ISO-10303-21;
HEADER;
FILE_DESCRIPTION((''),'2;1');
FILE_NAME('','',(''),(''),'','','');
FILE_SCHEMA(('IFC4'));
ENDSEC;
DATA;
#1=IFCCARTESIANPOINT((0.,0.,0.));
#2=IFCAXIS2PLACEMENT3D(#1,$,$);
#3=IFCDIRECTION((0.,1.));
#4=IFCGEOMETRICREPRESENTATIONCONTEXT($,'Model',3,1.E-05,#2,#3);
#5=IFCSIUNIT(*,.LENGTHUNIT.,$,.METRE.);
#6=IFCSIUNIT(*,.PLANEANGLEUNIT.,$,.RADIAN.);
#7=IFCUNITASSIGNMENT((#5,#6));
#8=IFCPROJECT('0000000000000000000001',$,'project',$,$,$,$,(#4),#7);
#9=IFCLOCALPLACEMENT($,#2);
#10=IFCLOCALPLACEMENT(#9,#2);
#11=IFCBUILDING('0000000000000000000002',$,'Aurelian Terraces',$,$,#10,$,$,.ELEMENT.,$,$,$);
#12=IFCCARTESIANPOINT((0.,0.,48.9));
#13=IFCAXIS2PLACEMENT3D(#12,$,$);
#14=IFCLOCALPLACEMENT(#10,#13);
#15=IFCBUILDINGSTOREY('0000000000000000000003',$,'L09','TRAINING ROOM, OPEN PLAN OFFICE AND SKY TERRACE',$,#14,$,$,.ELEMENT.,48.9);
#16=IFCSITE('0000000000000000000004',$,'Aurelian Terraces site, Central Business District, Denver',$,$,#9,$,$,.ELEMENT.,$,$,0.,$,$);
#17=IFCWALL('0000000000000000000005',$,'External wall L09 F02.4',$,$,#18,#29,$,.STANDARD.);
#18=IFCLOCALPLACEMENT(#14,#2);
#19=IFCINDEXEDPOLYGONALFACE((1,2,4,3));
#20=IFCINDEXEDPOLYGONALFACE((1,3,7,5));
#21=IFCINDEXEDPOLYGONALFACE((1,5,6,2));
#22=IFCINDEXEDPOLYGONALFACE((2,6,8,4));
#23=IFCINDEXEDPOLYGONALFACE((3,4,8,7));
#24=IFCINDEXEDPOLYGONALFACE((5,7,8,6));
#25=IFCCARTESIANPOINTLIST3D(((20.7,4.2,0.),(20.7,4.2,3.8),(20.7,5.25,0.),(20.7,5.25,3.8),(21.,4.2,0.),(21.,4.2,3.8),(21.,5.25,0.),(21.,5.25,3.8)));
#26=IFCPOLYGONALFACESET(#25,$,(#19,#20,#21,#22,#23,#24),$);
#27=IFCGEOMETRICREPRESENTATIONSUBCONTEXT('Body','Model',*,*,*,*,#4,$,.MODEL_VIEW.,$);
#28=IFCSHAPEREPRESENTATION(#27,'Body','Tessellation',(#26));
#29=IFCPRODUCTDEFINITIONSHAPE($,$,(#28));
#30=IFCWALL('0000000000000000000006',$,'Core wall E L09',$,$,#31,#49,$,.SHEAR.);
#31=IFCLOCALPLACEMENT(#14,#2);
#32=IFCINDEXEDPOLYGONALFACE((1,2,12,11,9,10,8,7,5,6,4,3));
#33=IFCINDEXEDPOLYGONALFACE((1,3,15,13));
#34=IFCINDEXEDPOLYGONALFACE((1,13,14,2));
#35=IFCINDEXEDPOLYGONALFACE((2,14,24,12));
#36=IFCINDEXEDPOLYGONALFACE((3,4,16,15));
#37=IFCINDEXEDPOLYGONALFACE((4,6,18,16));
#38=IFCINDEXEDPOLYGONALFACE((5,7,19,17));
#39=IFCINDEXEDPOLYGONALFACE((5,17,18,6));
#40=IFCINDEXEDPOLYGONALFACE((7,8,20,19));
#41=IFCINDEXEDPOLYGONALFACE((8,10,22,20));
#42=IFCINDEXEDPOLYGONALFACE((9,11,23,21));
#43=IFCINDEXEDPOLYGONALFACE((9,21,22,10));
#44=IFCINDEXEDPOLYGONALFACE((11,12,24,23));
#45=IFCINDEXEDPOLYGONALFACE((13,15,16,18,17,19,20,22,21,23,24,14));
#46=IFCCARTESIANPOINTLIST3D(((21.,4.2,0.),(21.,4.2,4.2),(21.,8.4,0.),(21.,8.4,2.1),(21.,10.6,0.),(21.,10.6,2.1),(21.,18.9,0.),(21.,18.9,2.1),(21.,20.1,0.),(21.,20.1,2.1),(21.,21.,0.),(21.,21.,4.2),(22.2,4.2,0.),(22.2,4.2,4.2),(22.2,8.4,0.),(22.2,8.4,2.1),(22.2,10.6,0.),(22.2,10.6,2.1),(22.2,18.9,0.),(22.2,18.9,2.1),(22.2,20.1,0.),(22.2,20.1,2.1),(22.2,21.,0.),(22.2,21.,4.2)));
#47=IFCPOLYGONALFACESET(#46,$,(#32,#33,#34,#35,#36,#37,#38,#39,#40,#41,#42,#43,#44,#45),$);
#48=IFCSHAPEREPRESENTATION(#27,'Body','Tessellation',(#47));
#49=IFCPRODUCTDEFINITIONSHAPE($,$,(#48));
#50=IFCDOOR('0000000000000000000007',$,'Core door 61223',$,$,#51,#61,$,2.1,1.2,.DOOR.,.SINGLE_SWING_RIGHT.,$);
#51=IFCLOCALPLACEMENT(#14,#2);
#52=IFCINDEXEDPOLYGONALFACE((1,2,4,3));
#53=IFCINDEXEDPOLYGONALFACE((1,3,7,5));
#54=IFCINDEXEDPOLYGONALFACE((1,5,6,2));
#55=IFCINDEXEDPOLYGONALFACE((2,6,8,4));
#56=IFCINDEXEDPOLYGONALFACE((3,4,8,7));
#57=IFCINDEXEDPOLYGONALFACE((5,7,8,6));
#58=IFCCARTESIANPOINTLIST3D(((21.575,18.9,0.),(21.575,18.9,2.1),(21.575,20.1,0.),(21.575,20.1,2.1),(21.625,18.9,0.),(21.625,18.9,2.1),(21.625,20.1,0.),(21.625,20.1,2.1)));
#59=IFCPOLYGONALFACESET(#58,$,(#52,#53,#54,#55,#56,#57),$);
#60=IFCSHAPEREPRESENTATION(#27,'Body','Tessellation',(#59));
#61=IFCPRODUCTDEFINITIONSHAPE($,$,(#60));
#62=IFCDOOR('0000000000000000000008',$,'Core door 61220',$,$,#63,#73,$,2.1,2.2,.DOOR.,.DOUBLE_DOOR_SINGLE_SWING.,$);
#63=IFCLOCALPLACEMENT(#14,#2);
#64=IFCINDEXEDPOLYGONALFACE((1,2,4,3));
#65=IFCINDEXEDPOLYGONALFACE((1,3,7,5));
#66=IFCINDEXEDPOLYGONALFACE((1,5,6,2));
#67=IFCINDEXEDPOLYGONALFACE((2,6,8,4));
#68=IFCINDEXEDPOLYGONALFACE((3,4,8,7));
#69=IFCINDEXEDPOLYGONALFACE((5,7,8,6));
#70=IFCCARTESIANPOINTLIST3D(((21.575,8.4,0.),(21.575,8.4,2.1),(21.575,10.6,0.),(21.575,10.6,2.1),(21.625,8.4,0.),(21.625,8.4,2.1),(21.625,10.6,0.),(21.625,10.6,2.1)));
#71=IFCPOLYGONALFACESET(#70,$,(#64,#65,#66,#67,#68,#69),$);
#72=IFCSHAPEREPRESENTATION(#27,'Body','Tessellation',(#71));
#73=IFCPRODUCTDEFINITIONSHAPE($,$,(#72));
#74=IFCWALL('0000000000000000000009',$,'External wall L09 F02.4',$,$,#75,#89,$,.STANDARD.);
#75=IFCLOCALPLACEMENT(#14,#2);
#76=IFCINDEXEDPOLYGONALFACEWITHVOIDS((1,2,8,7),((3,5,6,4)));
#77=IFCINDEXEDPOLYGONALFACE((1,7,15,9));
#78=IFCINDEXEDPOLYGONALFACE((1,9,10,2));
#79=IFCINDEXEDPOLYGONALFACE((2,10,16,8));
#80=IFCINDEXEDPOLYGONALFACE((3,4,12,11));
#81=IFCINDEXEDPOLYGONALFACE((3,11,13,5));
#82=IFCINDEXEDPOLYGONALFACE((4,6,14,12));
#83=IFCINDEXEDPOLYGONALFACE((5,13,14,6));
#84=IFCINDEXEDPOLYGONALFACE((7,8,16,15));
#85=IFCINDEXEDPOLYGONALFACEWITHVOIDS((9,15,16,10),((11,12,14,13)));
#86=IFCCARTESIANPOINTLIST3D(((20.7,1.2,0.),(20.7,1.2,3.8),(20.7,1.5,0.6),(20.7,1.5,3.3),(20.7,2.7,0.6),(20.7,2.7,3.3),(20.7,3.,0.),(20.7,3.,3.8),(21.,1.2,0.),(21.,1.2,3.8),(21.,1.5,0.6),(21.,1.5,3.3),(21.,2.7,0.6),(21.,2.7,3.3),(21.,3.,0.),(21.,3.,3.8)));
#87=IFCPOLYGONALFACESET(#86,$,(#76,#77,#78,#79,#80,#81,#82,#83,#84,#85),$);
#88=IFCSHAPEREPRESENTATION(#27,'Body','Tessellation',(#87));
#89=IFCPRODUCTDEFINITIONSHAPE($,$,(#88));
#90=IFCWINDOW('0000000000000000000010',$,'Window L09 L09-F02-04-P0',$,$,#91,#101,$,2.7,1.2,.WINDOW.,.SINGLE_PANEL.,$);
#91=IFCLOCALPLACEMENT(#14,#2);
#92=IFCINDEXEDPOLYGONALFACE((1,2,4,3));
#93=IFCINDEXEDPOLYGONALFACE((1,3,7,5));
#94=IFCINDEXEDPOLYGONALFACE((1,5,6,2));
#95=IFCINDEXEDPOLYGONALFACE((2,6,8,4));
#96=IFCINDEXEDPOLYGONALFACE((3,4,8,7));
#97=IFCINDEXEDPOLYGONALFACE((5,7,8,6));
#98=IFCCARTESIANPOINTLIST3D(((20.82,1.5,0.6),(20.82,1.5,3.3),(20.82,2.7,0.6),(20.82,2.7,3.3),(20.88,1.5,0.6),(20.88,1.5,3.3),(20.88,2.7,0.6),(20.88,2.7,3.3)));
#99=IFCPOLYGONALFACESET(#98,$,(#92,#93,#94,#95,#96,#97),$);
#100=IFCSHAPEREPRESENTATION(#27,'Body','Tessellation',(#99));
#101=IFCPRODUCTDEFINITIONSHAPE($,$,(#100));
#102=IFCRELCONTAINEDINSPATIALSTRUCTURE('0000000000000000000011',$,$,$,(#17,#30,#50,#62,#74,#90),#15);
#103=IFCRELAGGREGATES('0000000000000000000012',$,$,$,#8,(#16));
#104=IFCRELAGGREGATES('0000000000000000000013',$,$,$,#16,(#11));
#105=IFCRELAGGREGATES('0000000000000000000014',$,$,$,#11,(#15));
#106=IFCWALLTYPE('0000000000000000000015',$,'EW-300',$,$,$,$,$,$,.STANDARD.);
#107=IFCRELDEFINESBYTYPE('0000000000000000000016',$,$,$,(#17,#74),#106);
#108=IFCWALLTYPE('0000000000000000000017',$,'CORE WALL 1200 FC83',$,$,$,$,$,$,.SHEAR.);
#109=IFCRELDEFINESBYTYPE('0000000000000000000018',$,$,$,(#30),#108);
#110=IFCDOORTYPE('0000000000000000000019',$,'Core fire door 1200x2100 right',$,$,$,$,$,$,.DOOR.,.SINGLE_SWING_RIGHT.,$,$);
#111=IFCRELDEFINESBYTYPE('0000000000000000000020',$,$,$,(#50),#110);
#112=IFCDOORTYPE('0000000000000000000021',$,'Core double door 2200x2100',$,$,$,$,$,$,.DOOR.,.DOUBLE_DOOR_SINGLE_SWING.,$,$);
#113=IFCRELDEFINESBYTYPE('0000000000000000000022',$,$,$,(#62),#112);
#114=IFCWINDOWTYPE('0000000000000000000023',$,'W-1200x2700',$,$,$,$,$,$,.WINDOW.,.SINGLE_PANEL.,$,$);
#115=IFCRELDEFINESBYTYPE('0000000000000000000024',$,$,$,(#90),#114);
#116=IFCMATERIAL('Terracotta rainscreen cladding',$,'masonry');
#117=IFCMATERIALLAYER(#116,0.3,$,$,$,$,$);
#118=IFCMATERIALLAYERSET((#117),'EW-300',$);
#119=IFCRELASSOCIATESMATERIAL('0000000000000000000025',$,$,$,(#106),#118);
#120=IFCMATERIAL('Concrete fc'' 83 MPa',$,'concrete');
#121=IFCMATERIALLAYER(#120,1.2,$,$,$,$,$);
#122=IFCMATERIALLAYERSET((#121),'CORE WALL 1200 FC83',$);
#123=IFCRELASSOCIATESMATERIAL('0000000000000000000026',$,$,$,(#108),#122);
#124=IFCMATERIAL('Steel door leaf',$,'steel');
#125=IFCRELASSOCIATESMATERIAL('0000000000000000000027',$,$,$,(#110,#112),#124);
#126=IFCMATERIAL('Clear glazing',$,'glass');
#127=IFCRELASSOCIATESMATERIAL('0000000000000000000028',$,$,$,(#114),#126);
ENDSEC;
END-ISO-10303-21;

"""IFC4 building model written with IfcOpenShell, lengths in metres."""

from ifc_helpers import new_model, si_unit, direction, frame, frame_2d, origin, place, context, subcontext, project, spatial, rectangle, extrude, source, transform, mapped, material, layer, layer_set, type_object, element, fill, save


model = new_model("IFC4")

# Units and contexts
model_context = context("Model", 3, precision=1e-05, world=origin(), true_north=direction((0.0, 1.0)))
body_context = subcontext(model_context, "Body", "Model", "MODEL_VIEW")
ifc_project = project(units=[si_unit("LENGTHUNIT", "METRE"), si_unit("PLANEANGLEUNIT", "RADIAN")], contexts=[model_context])

# Site, building, storey
site_placement = place(None, origin())
site = spatial("IfcSite", under=ifc_project, at=site_placement, Name="Aurelian Terraces site, Central Business District, Denver", CompositionType="ELEMENT", RefElevation=0.0)
building_placement = place(site_placement, origin())
building = spatial("IfcBuilding", under=site, at=building_placement, Name="Aurelian Terraces", CompositionType="ELEMENT")
storey_placement = place(building_placement, frame((0.0, 0.0, 48.9)))
storey = spatial("IfcBuildingStorey", under=building, at=storey_placement, Name="L09", Description="TRAINING ROOM, OPEN PLAN OFFICE AND SKY TERRACE", CompositionType="ELEMENT", Elevation=48.9)

# Shared definitions
ifc_material_1 = material(Name="Concrete fc' 83 MPa", Category="concrete")

# Wall
ifc_material_2 = material(Name="Terracotta rainscreen cladding", Category="masonry")
ifc_layer_1 = layer(ifc_material_2, 0.3)
ifc_layer_set_1 = layer_set([ifc_layer_1], Name="EW-300")
wall_type_1 = type_object("IfcWallType", Name="EW-300", PredefinedType="STANDARD", material=ifc_layer_set_1)
wall_1_placement = place(storey_placement, frame((20.85, 4.2, 0.0), z_axis=(0.0, 0.0, 1.0), x_axis=(0.0, 1.0, 0.0)))
element("IfcWall", 1, at=wall_1_placement, inside=storey, type_object=wall_type_1, Name="External wall L09 F02.4", PredefinedType="STANDARD", context=body_context, shape_type="SweptSolid", body=[
    extrude(rectangle(XDim=1.05, YDim=0.3, at=frame_2d((0.525, 0.0))), origin(), (0.0, 0.0, 1.0), 3.8),
])

# Wall, openings, doors
ifc_layer_2 = layer(ifc_material_1, 1.2)
ifc_layer_set_2 = layer_set([ifc_layer_2], Name="CORE WALL 1200 FC83")
wall_type_2 = type_object("IfcWallType", Name="CORE WALL 1200 FC83", PredefinedType="SHEAR", material=ifc_layer_set_2)
shared_shape_1 = source(origin(), body_context, "Body", "SweptSolid", [
    extrude(rectangle(XDim=16.8, YDim=1.2, at=frame_2d((8.4, 0.0))), origin(), (0.0, 0.0, 1.0), 4.2),
])
wall_2_placement = place(storey_placement, frame((21.6, 4.2, 0.0), z_axis=(0.0, 0.0, 1.0), x_axis=(0.0, 1.0, 0.0)))
wall_2 = element("IfcWall", 2, at=wall_2_placement, inside=storey, type_object=wall_type_2, Name="Core wall E L09", PredefinedType="SHEAR", context=body_context, shape_type="MappedRepresentation", body=[
    mapped(shared_shape_1, transform((0.0, 0.0, 0.0), scale=1.0)),
])
shared_shape_2 = source(origin(), body_context, "Body", "SweptSolid", [
    extrude(rectangle(XDim=2.2, YDim=2.1, at=frame_2d((1.1, 1.05))), frame((0.0, 0.61, 0.0), z_axis=(0.0, -1.0, 0.0), x_axis=(1.0, 0.0, 0.0)), (0.0, 0.0, 1.0), 1.22),
])
opening_1_placement = place(wall_2_placement, frame((4.2, 0.0, 0.0)))
opening_1 = element("IfcOpeningElement", 3, at=opening_1_placement, cuts=wall_2, PredefinedType="OPENING", context=body_context, shape_type="MappedRepresentation", body=[
    mapped(shared_shape_2, transform((0.0, 0.0, 0.0), scale=1.0)),
])
shared_shape_3 = source(origin(), body_context, "Body", "SweptSolid", [
    extrude(rectangle(XDim=1.2, YDim=2.1, at=frame_2d((0.6, 1.05))), frame((0.0, 0.61, 0.0), z_axis=(0.0, -1.0, 0.0), x_axis=(1.0, 0.0, 0.0)), (0.0, 0.0, 1.0), 1.22),
])
opening_2_placement = place(wall_2_placement, frame((14.7, 0.0, 0.0)))
opening_2 = element("IfcOpeningElement", 4, at=opening_2_placement, cuts=wall_2, PredefinedType="OPENING", context=body_context, shape_type="MappedRepresentation", body=[
    mapped(shared_shape_3, transform((0.0, 0.0, 0.0), scale=1.0)),
])
ifc_material_3 = material(Name="Steel door leaf", Category="steel")
door_type_1 = type_object("IfcDoorType", Name="Core fire door 1200x2100 right", OperationType="SINGLE_SWING_RIGHT", PredefinedType="DOOR", material=ifc_material_3)
shared_shape_4 = source(origin(), body_context, "Body", "SweptSolid", [
    extrude(rectangle(XDim=1.2, YDim=2.1, at=frame_2d((0.6, 1.05))), frame((0.0, 0.025, 0.0), z_axis=(0.0, -1.0, 0.0), x_axis=(1.0, 0.0, 0.0)), (0.0, 0.0, 1.0), 0.05),
])
door_1_placement = place(opening_2_placement, origin())
door_1 = element("IfcDoor", 5, at=door_1_placement, inside=storey, type_object=door_type_1, Name="Core door 61223", OperationType="SINGLE_SWING_RIGHT", OverallHeight=2.1, OverallWidth=1.2, PredefinedType="DOOR", context=body_context, shape_type="MappedRepresentation", body=[
    mapped(shared_shape_4, transform((0.0, 0.0, 0.0), scale=1.0)),
])
fill(opening_2, door_1)
door_type_2 = type_object("IfcDoorType", Name="Core double door 2200x2100", OperationType="DOUBLE_DOOR_SINGLE_SWING", PredefinedType="DOOR", material=ifc_material_3)
shared_shape_5 = source(origin(), body_context, "Body", "SweptSolid", [
    extrude(rectangle(XDim=2.2, YDim=2.1, at=frame_2d((1.1, 1.05))), frame((0.0, 0.025, 0.0), z_axis=(0.0, -1.0, 0.0), x_axis=(1.0, 0.0, 0.0)), (0.0, 0.0, 1.0), 0.05),
])
door_2_placement = place(opening_1_placement, origin())
door_2 = element("IfcDoor", 6, at=door_2_placement, inside=storey, type_object=door_type_2, Name="Core door 61220", OperationType="DOUBLE_DOOR_SINGLE_SWING", OverallHeight=2.1, OverallWidth=2.2, PredefinedType="DOOR", context=body_context, shape_type="MappedRepresentation", body=[
    mapped(shared_shape_5, transform((0.0, 0.0, 0.0), scale=1.0)),
])
fill(opening_1, door_2)

# Wall, opening, window
shared_shape_6 = source(origin(), body_context, "Body", "SweptSolid", [
    extrude(rectangle(XDim=1.8, YDim=0.3, at=frame_2d((0.9, 0.0))), origin(), (0.0, 0.0, 1.0), 3.8),
])
wall_3_placement = place(storey_placement, frame((20.85, 1.2, 0.0), z_axis=(0.0, 0.0, 1.0), x_axis=(0.0, 1.0, 0.0)))
wall_3 = element("IfcWall", 7, at=wall_3_placement, inside=storey, type_object=wall_type_1, Name="External wall L09 F02.4", PredefinedType="STANDARD", context=body_context, shape_type="MappedRepresentation", body=[
    mapped(shared_shape_6, transform((0.0, 0.0, 0.0), scale=1.0)),
])
shared_shape_7 = source(origin(), body_context, "Body", "SweptSolid", [
    extrude(rectangle(XDim=1.2, YDim=2.7, at=frame_2d((0.6, 1.35))), frame((0.0, 0.16, 0.0), z_axis=(0.0, -1.0, 0.0), x_axis=(1.0, 0.0, 0.0)), (0.0, 0.0, 1.0), 0.32),
])
opening_3_placement = place(wall_3_placement, frame((0.3, 0.0, 0.6)))
opening_3 = element("IfcOpeningElement", 8, at=opening_3_placement, cuts=wall_3, PredefinedType="OPENING", context=body_context, shape_type="MappedRepresentation", body=[
    mapped(shared_shape_7, transform((0.0, 0.0, 0.0), scale=1.0)),
])
ifc_material_4 = material(Name="Clear glazing", Category="glass")
window_type = type_object("IfcWindowType", Name="W-1200x2700", PartitioningType="SINGLE_PANEL", PredefinedType="WINDOW", material=ifc_material_4)
shared_shape_8 = source(origin(), body_context, "Body", "SweptSolid", [
    extrude(rectangle(XDim=1.2, YDim=2.7, at=frame_2d((0.6, 1.35))), frame((0.0, 0.03, 0.0), z_axis=(0.0, -1.0, 0.0), x_axis=(1.0, 0.0, 0.0)), (0.0, 0.0, 1.0), 0.06),
])
window_placement = place(opening_3_placement, origin())
window = element("IfcWindow", 9, at=window_placement, inside=storey, type_object=window_type, Name="Window L09 L09-F02-04-P0", OverallHeight=2.7, OverallWidth=1.2, PartitioningType="SINGLE_PANEL", PredefinedType="WINDOW", context=body_context, shape_type="MappedRepresentation", body=[
    mapped(shared_shape_8, transform((0.0, 0.0, 0.0), scale=1.0)),
])
fill(opening_3, window)

save(model, "model.ifc")
